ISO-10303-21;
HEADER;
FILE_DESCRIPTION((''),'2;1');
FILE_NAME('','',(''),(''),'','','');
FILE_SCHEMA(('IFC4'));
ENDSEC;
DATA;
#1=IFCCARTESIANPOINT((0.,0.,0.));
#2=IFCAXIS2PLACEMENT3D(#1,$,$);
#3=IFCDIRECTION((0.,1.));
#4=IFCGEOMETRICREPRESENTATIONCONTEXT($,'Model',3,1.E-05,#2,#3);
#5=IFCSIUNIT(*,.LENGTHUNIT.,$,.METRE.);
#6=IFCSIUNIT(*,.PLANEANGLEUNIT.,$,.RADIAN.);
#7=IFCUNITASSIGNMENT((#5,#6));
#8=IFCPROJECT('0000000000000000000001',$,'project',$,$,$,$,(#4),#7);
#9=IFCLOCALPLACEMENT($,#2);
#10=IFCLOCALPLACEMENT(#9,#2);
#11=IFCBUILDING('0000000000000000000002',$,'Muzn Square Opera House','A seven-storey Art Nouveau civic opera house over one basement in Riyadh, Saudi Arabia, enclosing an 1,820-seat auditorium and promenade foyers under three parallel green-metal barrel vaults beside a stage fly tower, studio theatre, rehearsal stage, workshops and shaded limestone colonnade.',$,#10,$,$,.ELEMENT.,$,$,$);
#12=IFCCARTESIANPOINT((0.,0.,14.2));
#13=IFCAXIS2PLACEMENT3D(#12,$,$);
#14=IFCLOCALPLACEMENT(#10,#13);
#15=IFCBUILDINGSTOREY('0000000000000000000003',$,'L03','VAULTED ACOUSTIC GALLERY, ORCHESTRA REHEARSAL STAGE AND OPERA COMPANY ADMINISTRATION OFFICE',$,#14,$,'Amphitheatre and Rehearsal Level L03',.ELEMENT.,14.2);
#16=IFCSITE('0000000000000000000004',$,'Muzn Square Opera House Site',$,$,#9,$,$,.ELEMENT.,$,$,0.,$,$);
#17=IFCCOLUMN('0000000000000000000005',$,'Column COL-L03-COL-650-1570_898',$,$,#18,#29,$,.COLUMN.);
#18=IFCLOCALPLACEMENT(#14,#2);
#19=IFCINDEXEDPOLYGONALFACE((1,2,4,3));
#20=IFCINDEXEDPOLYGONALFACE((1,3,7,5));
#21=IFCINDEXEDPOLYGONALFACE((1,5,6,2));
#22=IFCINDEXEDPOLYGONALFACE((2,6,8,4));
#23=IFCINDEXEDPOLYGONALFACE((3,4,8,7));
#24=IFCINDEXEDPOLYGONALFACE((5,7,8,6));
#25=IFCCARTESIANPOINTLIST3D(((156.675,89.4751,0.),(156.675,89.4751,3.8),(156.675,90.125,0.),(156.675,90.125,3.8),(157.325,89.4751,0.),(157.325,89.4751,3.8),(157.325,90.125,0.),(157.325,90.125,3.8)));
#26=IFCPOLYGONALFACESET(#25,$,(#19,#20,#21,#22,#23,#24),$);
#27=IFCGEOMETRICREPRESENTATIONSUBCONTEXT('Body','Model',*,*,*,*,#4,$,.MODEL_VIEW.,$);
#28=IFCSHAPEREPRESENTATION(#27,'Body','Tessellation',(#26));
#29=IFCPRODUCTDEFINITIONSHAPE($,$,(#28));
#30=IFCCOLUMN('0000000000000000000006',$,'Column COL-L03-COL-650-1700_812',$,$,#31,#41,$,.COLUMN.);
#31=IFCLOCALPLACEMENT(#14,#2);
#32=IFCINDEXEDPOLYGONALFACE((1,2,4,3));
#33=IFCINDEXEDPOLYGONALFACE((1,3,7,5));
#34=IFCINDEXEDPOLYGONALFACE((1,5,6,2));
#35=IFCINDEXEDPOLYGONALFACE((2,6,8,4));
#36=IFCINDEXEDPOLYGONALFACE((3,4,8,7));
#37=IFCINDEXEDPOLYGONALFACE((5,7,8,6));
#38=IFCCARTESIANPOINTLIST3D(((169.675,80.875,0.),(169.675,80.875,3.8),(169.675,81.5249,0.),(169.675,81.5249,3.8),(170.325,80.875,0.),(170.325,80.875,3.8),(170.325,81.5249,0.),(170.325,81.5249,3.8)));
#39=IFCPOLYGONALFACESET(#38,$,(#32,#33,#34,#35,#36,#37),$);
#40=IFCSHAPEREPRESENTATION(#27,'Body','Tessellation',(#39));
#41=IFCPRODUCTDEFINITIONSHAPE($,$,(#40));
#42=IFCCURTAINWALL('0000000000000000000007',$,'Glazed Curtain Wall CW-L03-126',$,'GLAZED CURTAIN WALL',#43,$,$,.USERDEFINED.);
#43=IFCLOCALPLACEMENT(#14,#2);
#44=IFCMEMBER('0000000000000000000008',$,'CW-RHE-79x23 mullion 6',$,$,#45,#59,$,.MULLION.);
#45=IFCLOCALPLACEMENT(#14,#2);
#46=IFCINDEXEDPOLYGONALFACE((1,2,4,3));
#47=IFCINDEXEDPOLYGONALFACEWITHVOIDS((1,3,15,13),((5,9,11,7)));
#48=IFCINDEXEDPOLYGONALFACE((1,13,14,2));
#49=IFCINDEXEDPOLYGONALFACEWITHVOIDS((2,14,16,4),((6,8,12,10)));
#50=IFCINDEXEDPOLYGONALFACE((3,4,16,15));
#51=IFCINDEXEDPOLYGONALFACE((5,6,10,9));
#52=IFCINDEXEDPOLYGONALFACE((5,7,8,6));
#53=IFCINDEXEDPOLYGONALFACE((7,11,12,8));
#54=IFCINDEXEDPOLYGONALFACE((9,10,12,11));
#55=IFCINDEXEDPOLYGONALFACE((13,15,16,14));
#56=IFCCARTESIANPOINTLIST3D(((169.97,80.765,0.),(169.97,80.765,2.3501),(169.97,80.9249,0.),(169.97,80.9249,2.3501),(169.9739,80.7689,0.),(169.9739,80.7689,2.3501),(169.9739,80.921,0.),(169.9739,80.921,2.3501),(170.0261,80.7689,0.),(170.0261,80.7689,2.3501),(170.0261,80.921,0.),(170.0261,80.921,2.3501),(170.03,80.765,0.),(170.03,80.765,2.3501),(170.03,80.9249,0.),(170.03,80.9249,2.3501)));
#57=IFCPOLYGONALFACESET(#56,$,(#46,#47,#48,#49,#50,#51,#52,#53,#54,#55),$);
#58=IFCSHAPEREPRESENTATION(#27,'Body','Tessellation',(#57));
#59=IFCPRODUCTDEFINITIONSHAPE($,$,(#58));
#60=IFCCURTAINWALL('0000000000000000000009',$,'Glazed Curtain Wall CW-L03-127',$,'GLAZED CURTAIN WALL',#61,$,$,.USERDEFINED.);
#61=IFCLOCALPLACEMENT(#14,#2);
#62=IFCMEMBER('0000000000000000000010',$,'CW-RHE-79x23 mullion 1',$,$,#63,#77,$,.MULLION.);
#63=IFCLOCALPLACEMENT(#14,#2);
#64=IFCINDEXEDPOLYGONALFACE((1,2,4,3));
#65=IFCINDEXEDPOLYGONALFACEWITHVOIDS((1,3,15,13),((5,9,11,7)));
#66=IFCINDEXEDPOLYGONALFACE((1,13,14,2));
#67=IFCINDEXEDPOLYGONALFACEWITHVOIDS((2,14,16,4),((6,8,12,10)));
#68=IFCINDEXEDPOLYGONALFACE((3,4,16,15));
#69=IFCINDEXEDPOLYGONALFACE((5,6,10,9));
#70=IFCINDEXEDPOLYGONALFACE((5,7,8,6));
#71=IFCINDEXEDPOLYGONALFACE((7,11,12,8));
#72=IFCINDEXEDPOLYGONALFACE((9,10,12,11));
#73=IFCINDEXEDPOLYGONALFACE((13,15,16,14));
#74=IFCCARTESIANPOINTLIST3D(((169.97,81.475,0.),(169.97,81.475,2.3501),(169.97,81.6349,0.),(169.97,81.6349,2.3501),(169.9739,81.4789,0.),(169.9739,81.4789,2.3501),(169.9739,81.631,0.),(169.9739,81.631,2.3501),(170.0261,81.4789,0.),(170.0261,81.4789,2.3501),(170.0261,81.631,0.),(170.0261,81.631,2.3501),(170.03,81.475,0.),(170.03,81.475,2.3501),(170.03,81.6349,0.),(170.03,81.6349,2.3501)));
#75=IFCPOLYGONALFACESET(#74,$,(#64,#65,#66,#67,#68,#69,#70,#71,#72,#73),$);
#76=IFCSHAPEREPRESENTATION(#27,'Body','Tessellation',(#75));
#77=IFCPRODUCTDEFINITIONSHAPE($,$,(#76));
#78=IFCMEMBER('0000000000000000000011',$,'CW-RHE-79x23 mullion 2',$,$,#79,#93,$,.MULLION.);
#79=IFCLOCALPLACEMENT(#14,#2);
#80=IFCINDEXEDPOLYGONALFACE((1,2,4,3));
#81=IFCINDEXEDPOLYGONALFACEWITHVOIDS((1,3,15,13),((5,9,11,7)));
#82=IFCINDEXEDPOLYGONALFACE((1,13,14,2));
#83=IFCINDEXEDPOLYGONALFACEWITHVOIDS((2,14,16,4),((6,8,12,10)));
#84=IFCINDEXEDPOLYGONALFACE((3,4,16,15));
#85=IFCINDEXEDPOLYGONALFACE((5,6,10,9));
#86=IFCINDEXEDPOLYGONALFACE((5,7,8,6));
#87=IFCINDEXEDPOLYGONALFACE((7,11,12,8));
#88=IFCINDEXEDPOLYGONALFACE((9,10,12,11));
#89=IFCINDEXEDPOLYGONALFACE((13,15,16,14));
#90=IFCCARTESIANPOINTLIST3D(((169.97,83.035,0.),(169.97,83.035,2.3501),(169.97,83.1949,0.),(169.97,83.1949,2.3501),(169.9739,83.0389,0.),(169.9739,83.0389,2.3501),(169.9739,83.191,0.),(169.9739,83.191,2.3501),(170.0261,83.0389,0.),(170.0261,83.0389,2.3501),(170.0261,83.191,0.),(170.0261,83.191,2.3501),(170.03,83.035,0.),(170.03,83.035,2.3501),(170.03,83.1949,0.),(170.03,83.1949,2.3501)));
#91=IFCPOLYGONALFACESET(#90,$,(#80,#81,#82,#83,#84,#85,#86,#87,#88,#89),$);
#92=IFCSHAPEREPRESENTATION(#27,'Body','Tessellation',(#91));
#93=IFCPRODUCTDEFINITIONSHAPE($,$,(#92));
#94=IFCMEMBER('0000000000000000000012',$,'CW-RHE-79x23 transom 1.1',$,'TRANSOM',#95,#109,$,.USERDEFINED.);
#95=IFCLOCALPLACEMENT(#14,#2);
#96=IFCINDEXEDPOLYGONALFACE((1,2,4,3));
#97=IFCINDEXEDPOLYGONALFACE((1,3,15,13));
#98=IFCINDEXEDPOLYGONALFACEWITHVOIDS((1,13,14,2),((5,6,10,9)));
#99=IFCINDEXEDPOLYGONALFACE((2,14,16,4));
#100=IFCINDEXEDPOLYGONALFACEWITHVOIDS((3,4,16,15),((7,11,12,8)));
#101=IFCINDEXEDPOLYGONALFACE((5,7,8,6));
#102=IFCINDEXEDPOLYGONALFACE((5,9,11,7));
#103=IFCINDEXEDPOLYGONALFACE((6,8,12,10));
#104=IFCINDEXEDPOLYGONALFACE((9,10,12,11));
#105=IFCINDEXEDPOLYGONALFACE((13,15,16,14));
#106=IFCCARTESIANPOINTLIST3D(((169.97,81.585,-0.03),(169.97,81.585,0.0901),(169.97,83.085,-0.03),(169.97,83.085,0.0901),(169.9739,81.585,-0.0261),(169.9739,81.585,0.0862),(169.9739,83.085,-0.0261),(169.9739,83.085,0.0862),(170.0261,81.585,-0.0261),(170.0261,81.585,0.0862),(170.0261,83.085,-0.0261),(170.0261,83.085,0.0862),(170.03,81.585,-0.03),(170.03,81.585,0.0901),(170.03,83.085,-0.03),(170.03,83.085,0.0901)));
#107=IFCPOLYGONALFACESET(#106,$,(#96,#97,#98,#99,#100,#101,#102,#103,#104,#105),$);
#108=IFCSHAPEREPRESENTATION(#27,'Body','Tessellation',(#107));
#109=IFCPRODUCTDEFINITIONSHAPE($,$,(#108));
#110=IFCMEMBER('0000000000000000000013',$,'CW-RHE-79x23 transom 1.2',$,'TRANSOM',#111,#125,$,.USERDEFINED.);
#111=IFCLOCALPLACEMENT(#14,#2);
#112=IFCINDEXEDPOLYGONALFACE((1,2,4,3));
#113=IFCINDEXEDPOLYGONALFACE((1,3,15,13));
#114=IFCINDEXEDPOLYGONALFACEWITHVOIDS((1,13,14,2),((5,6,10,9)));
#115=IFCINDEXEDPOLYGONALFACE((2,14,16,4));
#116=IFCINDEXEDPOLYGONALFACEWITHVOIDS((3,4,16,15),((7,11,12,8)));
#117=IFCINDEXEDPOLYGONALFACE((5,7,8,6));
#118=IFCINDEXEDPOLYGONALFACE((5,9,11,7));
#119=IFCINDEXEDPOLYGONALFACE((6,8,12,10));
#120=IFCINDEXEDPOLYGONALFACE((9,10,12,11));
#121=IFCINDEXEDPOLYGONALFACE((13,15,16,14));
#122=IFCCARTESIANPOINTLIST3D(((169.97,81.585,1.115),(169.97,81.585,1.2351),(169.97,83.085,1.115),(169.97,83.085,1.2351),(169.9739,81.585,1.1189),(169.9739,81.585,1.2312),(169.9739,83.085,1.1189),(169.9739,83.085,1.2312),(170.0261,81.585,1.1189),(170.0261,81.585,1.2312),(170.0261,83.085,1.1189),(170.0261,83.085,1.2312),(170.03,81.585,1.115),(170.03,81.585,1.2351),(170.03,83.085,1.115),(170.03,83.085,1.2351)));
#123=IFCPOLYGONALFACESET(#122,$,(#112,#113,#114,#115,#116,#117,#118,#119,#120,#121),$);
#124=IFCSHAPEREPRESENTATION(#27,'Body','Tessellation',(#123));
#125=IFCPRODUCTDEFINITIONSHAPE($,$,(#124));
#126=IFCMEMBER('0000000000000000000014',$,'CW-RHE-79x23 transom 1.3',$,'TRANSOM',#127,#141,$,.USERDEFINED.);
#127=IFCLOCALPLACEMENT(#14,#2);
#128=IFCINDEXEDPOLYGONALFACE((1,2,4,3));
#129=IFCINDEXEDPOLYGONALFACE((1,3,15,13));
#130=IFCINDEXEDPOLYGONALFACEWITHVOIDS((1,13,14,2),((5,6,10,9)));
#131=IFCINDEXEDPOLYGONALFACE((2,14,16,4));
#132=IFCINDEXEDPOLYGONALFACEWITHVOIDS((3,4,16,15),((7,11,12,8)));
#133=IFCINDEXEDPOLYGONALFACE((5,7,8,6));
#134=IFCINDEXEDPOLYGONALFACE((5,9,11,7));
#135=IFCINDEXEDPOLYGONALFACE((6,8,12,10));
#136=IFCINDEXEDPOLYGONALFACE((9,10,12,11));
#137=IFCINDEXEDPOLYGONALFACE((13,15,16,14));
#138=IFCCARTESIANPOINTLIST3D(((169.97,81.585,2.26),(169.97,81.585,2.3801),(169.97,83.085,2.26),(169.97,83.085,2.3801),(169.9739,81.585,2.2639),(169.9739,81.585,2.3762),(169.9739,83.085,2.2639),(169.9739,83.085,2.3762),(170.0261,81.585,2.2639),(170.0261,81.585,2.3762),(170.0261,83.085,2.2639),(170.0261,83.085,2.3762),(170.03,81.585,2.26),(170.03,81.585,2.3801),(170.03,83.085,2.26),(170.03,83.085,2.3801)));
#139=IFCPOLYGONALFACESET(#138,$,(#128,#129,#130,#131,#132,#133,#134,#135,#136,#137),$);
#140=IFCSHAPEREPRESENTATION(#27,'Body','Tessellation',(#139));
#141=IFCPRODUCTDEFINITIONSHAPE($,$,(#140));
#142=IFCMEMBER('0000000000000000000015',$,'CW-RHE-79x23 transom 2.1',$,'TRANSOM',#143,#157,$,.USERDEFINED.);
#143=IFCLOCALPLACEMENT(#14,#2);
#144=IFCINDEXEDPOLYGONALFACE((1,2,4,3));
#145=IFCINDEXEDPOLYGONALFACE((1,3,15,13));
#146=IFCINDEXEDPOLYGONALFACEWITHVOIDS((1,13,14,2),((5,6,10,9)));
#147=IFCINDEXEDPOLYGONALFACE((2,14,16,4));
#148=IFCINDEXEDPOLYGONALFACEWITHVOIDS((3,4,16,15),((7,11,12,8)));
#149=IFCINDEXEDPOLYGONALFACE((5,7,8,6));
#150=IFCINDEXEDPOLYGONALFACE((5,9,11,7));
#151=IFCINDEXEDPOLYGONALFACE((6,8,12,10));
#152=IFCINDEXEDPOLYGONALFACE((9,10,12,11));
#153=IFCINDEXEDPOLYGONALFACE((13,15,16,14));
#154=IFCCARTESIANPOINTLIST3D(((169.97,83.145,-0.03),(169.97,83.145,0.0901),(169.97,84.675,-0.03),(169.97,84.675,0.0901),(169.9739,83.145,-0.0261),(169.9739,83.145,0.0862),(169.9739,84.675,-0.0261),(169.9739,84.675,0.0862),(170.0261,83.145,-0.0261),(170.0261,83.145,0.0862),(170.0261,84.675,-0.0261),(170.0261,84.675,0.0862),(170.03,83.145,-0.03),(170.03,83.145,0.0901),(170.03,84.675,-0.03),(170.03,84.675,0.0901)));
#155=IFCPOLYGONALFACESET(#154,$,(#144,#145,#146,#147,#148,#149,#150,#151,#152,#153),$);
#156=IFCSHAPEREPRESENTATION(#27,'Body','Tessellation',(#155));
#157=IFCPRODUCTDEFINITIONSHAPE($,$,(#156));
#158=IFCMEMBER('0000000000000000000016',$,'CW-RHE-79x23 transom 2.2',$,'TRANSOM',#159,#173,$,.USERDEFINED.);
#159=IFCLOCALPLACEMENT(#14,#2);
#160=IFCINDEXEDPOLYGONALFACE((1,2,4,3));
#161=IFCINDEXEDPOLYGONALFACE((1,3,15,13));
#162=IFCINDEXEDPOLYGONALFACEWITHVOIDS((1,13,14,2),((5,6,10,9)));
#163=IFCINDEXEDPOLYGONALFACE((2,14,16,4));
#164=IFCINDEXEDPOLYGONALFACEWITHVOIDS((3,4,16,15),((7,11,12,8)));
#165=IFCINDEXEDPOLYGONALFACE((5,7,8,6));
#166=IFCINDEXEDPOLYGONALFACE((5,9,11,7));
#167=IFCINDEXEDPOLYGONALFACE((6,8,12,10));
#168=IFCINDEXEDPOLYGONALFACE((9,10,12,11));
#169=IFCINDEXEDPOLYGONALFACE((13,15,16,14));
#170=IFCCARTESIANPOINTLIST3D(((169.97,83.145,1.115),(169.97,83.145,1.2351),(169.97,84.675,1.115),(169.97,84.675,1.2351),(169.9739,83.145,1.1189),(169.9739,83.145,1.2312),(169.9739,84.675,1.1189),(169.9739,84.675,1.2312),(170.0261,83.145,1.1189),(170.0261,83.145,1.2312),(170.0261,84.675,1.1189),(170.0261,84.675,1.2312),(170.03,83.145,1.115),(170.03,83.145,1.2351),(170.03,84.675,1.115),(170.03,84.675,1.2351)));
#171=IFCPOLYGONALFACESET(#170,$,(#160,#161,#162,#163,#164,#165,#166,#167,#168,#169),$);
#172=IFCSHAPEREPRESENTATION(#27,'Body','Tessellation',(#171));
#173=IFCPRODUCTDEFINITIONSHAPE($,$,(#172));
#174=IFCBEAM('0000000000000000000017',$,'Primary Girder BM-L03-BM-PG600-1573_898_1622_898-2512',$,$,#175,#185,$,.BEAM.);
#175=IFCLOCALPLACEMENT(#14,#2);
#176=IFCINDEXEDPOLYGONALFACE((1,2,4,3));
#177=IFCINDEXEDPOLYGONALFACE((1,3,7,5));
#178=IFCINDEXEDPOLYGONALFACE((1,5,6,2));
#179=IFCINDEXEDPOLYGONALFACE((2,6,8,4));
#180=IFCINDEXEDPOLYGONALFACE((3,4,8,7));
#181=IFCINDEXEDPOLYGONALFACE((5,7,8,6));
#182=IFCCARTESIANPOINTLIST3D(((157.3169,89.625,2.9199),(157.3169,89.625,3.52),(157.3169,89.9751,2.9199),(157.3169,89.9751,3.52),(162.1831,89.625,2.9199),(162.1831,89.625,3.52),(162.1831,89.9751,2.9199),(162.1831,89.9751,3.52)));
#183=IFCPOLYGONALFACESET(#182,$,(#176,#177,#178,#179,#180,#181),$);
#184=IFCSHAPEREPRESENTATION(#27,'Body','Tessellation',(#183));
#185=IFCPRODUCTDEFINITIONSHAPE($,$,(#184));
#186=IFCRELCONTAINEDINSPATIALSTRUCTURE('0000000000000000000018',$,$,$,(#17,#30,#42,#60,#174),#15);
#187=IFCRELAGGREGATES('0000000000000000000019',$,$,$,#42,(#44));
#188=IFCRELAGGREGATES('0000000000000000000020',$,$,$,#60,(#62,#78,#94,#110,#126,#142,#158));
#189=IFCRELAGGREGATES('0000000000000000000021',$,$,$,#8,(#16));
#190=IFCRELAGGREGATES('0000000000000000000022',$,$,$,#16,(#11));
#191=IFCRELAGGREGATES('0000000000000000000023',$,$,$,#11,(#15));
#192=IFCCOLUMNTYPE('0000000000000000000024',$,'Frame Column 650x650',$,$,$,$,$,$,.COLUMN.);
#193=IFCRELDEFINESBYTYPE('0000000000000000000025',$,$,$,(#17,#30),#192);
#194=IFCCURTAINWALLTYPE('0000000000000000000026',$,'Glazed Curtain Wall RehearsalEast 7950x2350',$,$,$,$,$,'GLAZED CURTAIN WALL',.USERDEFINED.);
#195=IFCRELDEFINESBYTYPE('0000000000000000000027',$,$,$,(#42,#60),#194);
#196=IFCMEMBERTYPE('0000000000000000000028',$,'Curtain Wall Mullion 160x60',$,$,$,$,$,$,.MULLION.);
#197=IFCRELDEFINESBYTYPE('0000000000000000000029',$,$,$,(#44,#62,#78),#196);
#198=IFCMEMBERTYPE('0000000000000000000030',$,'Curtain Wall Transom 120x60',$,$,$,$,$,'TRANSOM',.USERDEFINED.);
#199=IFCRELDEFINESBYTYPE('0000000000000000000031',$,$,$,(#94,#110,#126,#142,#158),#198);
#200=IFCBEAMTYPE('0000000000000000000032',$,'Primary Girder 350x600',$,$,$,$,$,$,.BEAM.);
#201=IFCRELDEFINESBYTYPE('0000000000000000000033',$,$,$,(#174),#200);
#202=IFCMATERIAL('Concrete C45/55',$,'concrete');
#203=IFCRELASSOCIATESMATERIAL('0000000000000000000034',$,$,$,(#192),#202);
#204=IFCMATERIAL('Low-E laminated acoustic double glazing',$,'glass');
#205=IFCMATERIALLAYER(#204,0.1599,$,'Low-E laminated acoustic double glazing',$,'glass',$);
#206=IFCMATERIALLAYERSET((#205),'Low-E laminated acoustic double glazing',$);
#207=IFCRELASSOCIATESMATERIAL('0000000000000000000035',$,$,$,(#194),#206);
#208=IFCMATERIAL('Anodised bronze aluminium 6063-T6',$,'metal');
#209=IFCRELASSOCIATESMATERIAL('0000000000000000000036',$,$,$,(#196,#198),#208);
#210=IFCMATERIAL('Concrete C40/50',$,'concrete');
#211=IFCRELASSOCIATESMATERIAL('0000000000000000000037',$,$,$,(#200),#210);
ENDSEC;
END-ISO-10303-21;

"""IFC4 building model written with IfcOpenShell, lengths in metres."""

from ifc_helpers import new_model, si_unit, direction, frame, origin, origin_2d, place, context, subcontext, project, spatial, rectangle, hollow_rectangle, extrude, material, layer, layer_set, material_profile, profile_set, type_object, element, aggregate, save


model = new_model("IFC4")

# Units and contexts
model_context = context("Model", 3, precision=1e-05, world=origin(), true_north=direction((0.0, 1.0)))
body_context = subcontext(model_context, "Body", "Model", "MODEL_VIEW")
ifc_project = project(units=[si_unit("LENGTHUNIT", "METRE"), si_unit("PLANEANGLEUNIT", "RADIAN")], contexts=[model_context])

# Site, building, storey
site_placement = place(None, origin())
site = spatial("IfcSite", under=ifc_project, at=site_placement, Name="Muzn Square Opera House Site", CompositionType="ELEMENT", RefElevation=0.0)
building_placement = place(site_placement, origin())
building = spatial("IfcBuilding", under=site, at=building_placement, Name="Muzn Square Opera House", Description="A seven-storey Art Nouveau civic opera house over one basement in Riyadh, Saudi Arabia, enclosing an 1,820-seat auditorium and promenade foyers under three parallel green-metal barrel vaults beside a stage fly tower, studio theatre, rehearsal stage, workshops and shaded limestone colonnade.", CompositionType="ELEMENT")
storey_placement = place(building_placement, frame((0.0, 0.0, 14.2)))
storey = spatial("IfcBuildingStorey", under=building, at=storey_placement, Name="L03", Description="VAULTED ACOUSTIC GALLERY, ORCHESTRA REHEARSAL STAGE AND OPERA COMPANY ADMINISTRATION OFFICE", LongName="Amphitheatre and Rehearsal Level L03", CompositionType="ELEMENT", Elevation=14.2)

# Columns
ifc_material_1 = material(Name="Concrete C45/55", Category="concrete")
ifc_material_profile_1 = material_profile(ifc_material_1, rectangle(XDim=0.6499, YDim=0.6499, at=origin_2d()), Name="RC 650x650", Category="concrete")
ifc_profile_set_1 = profile_set([ifc_material_profile_1], Name="Concrete C45/55")
column_type = type_object("IfcColumnType", Name="Frame Column 650x650", PredefinedType="COLUMN", material=ifc_profile_set_1)
for number, where, z_axis, x_axis, name in (
    (1, (157.0, 89.8, 0.0), (0.0, 0.0, 1.0), (1.0, 0.0, 0.0), "Column COL-L03-COL-650-1570_898"),
    (2, (170.0, 81.2, 0.0), (0.0, 0.0, 1.0), (1.0, 0.0, 0.0), "Column COL-L03-COL-650-1700_812"),
):
    element("IfcColumn", number, at=place(storey_placement, frame(where, z_axis=z_axis, x_axis=x_axis)), inside=storey, type_object=column_type, Name=name, PredefinedType="COLUMN", context=body_context, shape_type="SweptSolid", body=[
        extrude(rectangle(XDim=0.6499, YDim=0.6499, at=origin_2d()), origin(), (0.0, 0.0, 1.0), 3.8),
    ])

# Curtain wall, member
ifc_material_2 = material(Name="Low-E laminated acoustic double glazing", Category="glass")
ifc_layer_1 = layer(ifc_material_2, 0.1599, Name="Low-E laminated acoustic double glazing", Category="glass")
ifc_layer_set_1 = layer_set([ifc_layer_1], Name="Low-E laminated acoustic double glazing")
curtain_wall_type = type_object("IfcCurtainWallType", Name="Glazed Curtain Wall RehearsalEast 7950x2350", ElementType="GLAZED CURTAIN WALL", PredefinedType="USERDEFINED", material=ifc_layer_set_1)
curtain_wall_1_placement = place(storey_placement, origin())
curtain_wall_1 = element("IfcCurtainWall", 3, at=curtain_wall_1_placement, inside=storey, type_object=curtain_wall_type, Name="Glazed Curtain Wall CW-L03-126", ObjectType="GLAZED CURTAIN WALL", PredefinedType="USERDEFINED")
ifc_material_3 = material(Name="Anodised bronze aluminium 6063-T6", Category="metal")
ifc_material_profile_2 = material_profile(ifc_material_3, hollow_rectangle(XDim=0.0601, YDim=0.1599, WallThickness=0.0039, at=origin_2d()), Name="ALU 160x60x4", Category="metal")
ifc_profile_set_2 = profile_set([ifc_material_profile_2], Name="Anodised bronze aluminium 6063-T6")
member_type_1 = type_object("IfcMemberType", Name="Curtain Wall Mullion 160x60", PredefinedType="MULLION", material=ifc_profile_set_2)
member_1_placement = place(storey_placement, frame((170.0, 80.845, 0.0), z_axis=(0.0, 0.0, 1.0), x_axis=(-1.0, 0.0, 0.0)))
member_1 = element("IfcMember", 4, at=member_1_placement, type_object=member_type_1, Name="CW-RHE-79x23 mullion 6", PredefinedType="MULLION", context=body_context, shape_type="SweptSolid", body=[
    extrude(hollow_rectangle(XDim=0.0601, YDim=0.1599, WallThickness=0.0039, at=origin_2d()), origin(), (0.0, 0.0, 1.0), 2.3501),
])

# Curtain wall, members
curtain_wall_2_placement = place(storey_placement, origin())
curtain_wall_2 = element("IfcCurtainWall", 5, at=curtain_wall_2_placement, inside=storey, type_object=curtain_wall_type, Name="Glazed Curtain Wall CW-L03-127", ObjectType="GLAZED CURTAIN WALL", PredefinedType="USERDEFINED")
member_2_placement = place(storey_placement, frame((170.0, 81.5549, 0.0), z_axis=(0.0, 0.0, 1.0), x_axis=(-1.0, 0.0, 0.0)))
member_2 = element("IfcMember", 6, at=member_2_placement, type_object=member_type_1, Name="CW-RHE-79x23 mullion 1", PredefinedType="MULLION", context=body_context, shape_type="SweptSolid", body=[
    extrude(hollow_rectangle(XDim=0.0601, YDim=0.1599, WallThickness=0.0039, at=origin_2d()), origin(), (0.0, 0.0, 1.0), 2.3501),
])
member_3_placement = place(storey_placement, frame((170.0, 83.115, 0.0), z_axis=(0.0, 0.0, 1.0), x_axis=(-1.0, 0.0, 0.0)))
member_3 = element("IfcMember", 7, at=member_3_placement, type_object=member_type_1, Name="CW-RHE-79x23 mullion 2", PredefinedType="MULLION", context=body_context, shape_type="SweptSolid", body=[
    extrude(hollow_rectangle(XDim=0.0601, YDim=0.1599, WallThickness=0.0039, at=origin_2d()), origin(), (0.0, 0.0, 1.0), 2.3501),
])
ifc_material_profile_3 = material_profile(ifc_material_3, hollow_rectangle(XDim=0.0601, YDim=0.1201, WallThickness=0.0039, at=origin_2d()), Name="ALU 120x60x4", Category="metal")
ifc_profile_set_3 = profile_set([ifc_material_profile_3], Name="Anodised bronze aluminium 6063-T6")
member_type_2 = type_object("IfcMemberType", Name="Curtain Wall Transom 120x60", ElementType="TRANSOM", PredefinedType="USERDEFINED", material=ifc_profile_set_3)
member_4_placement = place(storey_placement, frame((170.0, 81.585, 0.03), z_axis=(0.0, 1.0, 0.0), x_axis=(-1.0, 0.0, 0.0)))
member_4 = element("IfcMember", 8, at=member_4_placement, type_object=member_type_2, Name="CW-RHE-79x23 transom 1.1", ObjectType="TRANSOM", PredefinedType="USERDEFINED", context=body_context, shape_type="SweptSolid", body=[
    extrude(hollow_rectangle(XDim=0.0601, YDim=0.1201, WallThickness=0.0039, at=origin_2d()), origin(), (0.0, 0.0, 1.0), 1.5),
])
member_5_placement = place(storey_placement, frame((170.0, 81.585, 1.175), z_axis=(0.0, 1.0, 0.0), x_axis=(-1.0, 0.0, 0.0)))
member_5 = element("IfcMember", 9, at=member_5_placement, type_object=member_type_2, Name="CW-RHE-79x23 transom 1.2", ObjectType="TRANSOM", PredefinedType="USERDEFINED", context=body_context, shape_type="SweptSolid", body=[
    extrude(hollow_rectangle(XDim=0.0601, YDim=0.1201, WallThickness=0.0039, at=origin_2d()), origin(), (0.0, 0.0, 1.0), 1.5),
])
member_6_placement = place(storey_placement, frame((170.0, 81.585, 2.3201), z_axis=(0.0, 1.0, 0.0), x_axis=(-1.0, 0.0, 0.0)))
member_6 = element("IfcMember", 10, at=member_6_placement, type_object=member_type_2, Name="CW-RHE-79x23 transom 1.3", ObjectType="TRANSOM", PredefinedType="USERDEFINED", context=body_context, shape_type="SweptSolid", body=[
    extrude(hollow_rectangle(XDim=0.0601, YDim=0.1201, WallThickness=0.0039, at=origin_2d()), origin(), (0.0, 0.0, 1.0), 1.5),
])
member_7_placement = place(storey_placement, frame((170.0, 83.145, 0.03), z_axis=(0.0, 1.0, 0.0), x_axis=(-1.0, 0.0, 0.0)))
member_7 = element("IfcMember", 11, at=member_7_placement, type_object=member_type_2, Name="CW-RHE-79x23 transom 2.1", ObjectType="TRANSOM", PredefinedType="USERDEFINED", context=body_context, shape_type="SweptSolid", body=[
    extrude(hollow_rectangle(XDim=0.0601, YDim=0.1201, WallThickness=0.0039, at=origin_2d()), origin(), (0.0, 0.0, 1.0), 1.53),
])
member_8_placement = place(storey_placement, frame((170.0, 83.145, 1.175), z_axis=(0.0, 1.0, 0.0), x_axis=(-1.0, 0.0, 0.0)))
member_8 = element("IfcMember", 12, at=member_8_placement, type_object=member_type_2, Name="CW-RHE-79x23 transom 2.2", ObjectType="TRANSOM", PredefinedType="USERDEFINED", context=body_context, shape_type="SweptSolid", body=[
    extrude(hollow_rectangle(XDim=0.0601, YDim=0.1201, WallThickness=0.0039, at=origin_2d()), origin(), (0.0, 0.0, 1.0), 1.53),
])

# Beam
ifc_material_4 = material(Name="Concrete C40/50", Category="concrete")
ifc_material_profile_4 = material_profile(ifc_material_4, rectangle(XDim=0.3501, YDim=0.6001, at=origin_2d()), Name="RCB 350x600", Category="concrete")
ifc_profile_set_4 = profile_set([ifc_material_profile_4], Name="Concrete C40/50")
beam_type_1 = type_object("IfcBeamType", Name="Primary Girder 350x600", PredefinedType="BEAM", material=ifc_profile_set_4)
beam_1_placement = place(storey_placement, frame((157.3169, 89.8, 3.22), z_axis=(1.0, 0.0, 0.0), x_axis=(0.0, 1.0, 0.0)))
element("IfcBeam", 13, at=beam_1_placement, inside=storey, type_object=beam_type_1, Name="Primary Girder BM-L03-BM-PG600-1573_898_1622_898-2512", PredefinedType="BEAM", context=body_context, shape_type="SweptSolid", body=[
    extrude(rectangle(XDim=0.3501, YDim=0.6001, at=origin_2d()), origin(), (0.0, 0.0, 1.0), 4.8662),
])

aggregate(curtain_wall_1, [member_1])
aggregate(curtain_wall_2, [member_2, member_3, member_4, member_5, member_6, member_7, member_8])

save(model, "model.ifc")
